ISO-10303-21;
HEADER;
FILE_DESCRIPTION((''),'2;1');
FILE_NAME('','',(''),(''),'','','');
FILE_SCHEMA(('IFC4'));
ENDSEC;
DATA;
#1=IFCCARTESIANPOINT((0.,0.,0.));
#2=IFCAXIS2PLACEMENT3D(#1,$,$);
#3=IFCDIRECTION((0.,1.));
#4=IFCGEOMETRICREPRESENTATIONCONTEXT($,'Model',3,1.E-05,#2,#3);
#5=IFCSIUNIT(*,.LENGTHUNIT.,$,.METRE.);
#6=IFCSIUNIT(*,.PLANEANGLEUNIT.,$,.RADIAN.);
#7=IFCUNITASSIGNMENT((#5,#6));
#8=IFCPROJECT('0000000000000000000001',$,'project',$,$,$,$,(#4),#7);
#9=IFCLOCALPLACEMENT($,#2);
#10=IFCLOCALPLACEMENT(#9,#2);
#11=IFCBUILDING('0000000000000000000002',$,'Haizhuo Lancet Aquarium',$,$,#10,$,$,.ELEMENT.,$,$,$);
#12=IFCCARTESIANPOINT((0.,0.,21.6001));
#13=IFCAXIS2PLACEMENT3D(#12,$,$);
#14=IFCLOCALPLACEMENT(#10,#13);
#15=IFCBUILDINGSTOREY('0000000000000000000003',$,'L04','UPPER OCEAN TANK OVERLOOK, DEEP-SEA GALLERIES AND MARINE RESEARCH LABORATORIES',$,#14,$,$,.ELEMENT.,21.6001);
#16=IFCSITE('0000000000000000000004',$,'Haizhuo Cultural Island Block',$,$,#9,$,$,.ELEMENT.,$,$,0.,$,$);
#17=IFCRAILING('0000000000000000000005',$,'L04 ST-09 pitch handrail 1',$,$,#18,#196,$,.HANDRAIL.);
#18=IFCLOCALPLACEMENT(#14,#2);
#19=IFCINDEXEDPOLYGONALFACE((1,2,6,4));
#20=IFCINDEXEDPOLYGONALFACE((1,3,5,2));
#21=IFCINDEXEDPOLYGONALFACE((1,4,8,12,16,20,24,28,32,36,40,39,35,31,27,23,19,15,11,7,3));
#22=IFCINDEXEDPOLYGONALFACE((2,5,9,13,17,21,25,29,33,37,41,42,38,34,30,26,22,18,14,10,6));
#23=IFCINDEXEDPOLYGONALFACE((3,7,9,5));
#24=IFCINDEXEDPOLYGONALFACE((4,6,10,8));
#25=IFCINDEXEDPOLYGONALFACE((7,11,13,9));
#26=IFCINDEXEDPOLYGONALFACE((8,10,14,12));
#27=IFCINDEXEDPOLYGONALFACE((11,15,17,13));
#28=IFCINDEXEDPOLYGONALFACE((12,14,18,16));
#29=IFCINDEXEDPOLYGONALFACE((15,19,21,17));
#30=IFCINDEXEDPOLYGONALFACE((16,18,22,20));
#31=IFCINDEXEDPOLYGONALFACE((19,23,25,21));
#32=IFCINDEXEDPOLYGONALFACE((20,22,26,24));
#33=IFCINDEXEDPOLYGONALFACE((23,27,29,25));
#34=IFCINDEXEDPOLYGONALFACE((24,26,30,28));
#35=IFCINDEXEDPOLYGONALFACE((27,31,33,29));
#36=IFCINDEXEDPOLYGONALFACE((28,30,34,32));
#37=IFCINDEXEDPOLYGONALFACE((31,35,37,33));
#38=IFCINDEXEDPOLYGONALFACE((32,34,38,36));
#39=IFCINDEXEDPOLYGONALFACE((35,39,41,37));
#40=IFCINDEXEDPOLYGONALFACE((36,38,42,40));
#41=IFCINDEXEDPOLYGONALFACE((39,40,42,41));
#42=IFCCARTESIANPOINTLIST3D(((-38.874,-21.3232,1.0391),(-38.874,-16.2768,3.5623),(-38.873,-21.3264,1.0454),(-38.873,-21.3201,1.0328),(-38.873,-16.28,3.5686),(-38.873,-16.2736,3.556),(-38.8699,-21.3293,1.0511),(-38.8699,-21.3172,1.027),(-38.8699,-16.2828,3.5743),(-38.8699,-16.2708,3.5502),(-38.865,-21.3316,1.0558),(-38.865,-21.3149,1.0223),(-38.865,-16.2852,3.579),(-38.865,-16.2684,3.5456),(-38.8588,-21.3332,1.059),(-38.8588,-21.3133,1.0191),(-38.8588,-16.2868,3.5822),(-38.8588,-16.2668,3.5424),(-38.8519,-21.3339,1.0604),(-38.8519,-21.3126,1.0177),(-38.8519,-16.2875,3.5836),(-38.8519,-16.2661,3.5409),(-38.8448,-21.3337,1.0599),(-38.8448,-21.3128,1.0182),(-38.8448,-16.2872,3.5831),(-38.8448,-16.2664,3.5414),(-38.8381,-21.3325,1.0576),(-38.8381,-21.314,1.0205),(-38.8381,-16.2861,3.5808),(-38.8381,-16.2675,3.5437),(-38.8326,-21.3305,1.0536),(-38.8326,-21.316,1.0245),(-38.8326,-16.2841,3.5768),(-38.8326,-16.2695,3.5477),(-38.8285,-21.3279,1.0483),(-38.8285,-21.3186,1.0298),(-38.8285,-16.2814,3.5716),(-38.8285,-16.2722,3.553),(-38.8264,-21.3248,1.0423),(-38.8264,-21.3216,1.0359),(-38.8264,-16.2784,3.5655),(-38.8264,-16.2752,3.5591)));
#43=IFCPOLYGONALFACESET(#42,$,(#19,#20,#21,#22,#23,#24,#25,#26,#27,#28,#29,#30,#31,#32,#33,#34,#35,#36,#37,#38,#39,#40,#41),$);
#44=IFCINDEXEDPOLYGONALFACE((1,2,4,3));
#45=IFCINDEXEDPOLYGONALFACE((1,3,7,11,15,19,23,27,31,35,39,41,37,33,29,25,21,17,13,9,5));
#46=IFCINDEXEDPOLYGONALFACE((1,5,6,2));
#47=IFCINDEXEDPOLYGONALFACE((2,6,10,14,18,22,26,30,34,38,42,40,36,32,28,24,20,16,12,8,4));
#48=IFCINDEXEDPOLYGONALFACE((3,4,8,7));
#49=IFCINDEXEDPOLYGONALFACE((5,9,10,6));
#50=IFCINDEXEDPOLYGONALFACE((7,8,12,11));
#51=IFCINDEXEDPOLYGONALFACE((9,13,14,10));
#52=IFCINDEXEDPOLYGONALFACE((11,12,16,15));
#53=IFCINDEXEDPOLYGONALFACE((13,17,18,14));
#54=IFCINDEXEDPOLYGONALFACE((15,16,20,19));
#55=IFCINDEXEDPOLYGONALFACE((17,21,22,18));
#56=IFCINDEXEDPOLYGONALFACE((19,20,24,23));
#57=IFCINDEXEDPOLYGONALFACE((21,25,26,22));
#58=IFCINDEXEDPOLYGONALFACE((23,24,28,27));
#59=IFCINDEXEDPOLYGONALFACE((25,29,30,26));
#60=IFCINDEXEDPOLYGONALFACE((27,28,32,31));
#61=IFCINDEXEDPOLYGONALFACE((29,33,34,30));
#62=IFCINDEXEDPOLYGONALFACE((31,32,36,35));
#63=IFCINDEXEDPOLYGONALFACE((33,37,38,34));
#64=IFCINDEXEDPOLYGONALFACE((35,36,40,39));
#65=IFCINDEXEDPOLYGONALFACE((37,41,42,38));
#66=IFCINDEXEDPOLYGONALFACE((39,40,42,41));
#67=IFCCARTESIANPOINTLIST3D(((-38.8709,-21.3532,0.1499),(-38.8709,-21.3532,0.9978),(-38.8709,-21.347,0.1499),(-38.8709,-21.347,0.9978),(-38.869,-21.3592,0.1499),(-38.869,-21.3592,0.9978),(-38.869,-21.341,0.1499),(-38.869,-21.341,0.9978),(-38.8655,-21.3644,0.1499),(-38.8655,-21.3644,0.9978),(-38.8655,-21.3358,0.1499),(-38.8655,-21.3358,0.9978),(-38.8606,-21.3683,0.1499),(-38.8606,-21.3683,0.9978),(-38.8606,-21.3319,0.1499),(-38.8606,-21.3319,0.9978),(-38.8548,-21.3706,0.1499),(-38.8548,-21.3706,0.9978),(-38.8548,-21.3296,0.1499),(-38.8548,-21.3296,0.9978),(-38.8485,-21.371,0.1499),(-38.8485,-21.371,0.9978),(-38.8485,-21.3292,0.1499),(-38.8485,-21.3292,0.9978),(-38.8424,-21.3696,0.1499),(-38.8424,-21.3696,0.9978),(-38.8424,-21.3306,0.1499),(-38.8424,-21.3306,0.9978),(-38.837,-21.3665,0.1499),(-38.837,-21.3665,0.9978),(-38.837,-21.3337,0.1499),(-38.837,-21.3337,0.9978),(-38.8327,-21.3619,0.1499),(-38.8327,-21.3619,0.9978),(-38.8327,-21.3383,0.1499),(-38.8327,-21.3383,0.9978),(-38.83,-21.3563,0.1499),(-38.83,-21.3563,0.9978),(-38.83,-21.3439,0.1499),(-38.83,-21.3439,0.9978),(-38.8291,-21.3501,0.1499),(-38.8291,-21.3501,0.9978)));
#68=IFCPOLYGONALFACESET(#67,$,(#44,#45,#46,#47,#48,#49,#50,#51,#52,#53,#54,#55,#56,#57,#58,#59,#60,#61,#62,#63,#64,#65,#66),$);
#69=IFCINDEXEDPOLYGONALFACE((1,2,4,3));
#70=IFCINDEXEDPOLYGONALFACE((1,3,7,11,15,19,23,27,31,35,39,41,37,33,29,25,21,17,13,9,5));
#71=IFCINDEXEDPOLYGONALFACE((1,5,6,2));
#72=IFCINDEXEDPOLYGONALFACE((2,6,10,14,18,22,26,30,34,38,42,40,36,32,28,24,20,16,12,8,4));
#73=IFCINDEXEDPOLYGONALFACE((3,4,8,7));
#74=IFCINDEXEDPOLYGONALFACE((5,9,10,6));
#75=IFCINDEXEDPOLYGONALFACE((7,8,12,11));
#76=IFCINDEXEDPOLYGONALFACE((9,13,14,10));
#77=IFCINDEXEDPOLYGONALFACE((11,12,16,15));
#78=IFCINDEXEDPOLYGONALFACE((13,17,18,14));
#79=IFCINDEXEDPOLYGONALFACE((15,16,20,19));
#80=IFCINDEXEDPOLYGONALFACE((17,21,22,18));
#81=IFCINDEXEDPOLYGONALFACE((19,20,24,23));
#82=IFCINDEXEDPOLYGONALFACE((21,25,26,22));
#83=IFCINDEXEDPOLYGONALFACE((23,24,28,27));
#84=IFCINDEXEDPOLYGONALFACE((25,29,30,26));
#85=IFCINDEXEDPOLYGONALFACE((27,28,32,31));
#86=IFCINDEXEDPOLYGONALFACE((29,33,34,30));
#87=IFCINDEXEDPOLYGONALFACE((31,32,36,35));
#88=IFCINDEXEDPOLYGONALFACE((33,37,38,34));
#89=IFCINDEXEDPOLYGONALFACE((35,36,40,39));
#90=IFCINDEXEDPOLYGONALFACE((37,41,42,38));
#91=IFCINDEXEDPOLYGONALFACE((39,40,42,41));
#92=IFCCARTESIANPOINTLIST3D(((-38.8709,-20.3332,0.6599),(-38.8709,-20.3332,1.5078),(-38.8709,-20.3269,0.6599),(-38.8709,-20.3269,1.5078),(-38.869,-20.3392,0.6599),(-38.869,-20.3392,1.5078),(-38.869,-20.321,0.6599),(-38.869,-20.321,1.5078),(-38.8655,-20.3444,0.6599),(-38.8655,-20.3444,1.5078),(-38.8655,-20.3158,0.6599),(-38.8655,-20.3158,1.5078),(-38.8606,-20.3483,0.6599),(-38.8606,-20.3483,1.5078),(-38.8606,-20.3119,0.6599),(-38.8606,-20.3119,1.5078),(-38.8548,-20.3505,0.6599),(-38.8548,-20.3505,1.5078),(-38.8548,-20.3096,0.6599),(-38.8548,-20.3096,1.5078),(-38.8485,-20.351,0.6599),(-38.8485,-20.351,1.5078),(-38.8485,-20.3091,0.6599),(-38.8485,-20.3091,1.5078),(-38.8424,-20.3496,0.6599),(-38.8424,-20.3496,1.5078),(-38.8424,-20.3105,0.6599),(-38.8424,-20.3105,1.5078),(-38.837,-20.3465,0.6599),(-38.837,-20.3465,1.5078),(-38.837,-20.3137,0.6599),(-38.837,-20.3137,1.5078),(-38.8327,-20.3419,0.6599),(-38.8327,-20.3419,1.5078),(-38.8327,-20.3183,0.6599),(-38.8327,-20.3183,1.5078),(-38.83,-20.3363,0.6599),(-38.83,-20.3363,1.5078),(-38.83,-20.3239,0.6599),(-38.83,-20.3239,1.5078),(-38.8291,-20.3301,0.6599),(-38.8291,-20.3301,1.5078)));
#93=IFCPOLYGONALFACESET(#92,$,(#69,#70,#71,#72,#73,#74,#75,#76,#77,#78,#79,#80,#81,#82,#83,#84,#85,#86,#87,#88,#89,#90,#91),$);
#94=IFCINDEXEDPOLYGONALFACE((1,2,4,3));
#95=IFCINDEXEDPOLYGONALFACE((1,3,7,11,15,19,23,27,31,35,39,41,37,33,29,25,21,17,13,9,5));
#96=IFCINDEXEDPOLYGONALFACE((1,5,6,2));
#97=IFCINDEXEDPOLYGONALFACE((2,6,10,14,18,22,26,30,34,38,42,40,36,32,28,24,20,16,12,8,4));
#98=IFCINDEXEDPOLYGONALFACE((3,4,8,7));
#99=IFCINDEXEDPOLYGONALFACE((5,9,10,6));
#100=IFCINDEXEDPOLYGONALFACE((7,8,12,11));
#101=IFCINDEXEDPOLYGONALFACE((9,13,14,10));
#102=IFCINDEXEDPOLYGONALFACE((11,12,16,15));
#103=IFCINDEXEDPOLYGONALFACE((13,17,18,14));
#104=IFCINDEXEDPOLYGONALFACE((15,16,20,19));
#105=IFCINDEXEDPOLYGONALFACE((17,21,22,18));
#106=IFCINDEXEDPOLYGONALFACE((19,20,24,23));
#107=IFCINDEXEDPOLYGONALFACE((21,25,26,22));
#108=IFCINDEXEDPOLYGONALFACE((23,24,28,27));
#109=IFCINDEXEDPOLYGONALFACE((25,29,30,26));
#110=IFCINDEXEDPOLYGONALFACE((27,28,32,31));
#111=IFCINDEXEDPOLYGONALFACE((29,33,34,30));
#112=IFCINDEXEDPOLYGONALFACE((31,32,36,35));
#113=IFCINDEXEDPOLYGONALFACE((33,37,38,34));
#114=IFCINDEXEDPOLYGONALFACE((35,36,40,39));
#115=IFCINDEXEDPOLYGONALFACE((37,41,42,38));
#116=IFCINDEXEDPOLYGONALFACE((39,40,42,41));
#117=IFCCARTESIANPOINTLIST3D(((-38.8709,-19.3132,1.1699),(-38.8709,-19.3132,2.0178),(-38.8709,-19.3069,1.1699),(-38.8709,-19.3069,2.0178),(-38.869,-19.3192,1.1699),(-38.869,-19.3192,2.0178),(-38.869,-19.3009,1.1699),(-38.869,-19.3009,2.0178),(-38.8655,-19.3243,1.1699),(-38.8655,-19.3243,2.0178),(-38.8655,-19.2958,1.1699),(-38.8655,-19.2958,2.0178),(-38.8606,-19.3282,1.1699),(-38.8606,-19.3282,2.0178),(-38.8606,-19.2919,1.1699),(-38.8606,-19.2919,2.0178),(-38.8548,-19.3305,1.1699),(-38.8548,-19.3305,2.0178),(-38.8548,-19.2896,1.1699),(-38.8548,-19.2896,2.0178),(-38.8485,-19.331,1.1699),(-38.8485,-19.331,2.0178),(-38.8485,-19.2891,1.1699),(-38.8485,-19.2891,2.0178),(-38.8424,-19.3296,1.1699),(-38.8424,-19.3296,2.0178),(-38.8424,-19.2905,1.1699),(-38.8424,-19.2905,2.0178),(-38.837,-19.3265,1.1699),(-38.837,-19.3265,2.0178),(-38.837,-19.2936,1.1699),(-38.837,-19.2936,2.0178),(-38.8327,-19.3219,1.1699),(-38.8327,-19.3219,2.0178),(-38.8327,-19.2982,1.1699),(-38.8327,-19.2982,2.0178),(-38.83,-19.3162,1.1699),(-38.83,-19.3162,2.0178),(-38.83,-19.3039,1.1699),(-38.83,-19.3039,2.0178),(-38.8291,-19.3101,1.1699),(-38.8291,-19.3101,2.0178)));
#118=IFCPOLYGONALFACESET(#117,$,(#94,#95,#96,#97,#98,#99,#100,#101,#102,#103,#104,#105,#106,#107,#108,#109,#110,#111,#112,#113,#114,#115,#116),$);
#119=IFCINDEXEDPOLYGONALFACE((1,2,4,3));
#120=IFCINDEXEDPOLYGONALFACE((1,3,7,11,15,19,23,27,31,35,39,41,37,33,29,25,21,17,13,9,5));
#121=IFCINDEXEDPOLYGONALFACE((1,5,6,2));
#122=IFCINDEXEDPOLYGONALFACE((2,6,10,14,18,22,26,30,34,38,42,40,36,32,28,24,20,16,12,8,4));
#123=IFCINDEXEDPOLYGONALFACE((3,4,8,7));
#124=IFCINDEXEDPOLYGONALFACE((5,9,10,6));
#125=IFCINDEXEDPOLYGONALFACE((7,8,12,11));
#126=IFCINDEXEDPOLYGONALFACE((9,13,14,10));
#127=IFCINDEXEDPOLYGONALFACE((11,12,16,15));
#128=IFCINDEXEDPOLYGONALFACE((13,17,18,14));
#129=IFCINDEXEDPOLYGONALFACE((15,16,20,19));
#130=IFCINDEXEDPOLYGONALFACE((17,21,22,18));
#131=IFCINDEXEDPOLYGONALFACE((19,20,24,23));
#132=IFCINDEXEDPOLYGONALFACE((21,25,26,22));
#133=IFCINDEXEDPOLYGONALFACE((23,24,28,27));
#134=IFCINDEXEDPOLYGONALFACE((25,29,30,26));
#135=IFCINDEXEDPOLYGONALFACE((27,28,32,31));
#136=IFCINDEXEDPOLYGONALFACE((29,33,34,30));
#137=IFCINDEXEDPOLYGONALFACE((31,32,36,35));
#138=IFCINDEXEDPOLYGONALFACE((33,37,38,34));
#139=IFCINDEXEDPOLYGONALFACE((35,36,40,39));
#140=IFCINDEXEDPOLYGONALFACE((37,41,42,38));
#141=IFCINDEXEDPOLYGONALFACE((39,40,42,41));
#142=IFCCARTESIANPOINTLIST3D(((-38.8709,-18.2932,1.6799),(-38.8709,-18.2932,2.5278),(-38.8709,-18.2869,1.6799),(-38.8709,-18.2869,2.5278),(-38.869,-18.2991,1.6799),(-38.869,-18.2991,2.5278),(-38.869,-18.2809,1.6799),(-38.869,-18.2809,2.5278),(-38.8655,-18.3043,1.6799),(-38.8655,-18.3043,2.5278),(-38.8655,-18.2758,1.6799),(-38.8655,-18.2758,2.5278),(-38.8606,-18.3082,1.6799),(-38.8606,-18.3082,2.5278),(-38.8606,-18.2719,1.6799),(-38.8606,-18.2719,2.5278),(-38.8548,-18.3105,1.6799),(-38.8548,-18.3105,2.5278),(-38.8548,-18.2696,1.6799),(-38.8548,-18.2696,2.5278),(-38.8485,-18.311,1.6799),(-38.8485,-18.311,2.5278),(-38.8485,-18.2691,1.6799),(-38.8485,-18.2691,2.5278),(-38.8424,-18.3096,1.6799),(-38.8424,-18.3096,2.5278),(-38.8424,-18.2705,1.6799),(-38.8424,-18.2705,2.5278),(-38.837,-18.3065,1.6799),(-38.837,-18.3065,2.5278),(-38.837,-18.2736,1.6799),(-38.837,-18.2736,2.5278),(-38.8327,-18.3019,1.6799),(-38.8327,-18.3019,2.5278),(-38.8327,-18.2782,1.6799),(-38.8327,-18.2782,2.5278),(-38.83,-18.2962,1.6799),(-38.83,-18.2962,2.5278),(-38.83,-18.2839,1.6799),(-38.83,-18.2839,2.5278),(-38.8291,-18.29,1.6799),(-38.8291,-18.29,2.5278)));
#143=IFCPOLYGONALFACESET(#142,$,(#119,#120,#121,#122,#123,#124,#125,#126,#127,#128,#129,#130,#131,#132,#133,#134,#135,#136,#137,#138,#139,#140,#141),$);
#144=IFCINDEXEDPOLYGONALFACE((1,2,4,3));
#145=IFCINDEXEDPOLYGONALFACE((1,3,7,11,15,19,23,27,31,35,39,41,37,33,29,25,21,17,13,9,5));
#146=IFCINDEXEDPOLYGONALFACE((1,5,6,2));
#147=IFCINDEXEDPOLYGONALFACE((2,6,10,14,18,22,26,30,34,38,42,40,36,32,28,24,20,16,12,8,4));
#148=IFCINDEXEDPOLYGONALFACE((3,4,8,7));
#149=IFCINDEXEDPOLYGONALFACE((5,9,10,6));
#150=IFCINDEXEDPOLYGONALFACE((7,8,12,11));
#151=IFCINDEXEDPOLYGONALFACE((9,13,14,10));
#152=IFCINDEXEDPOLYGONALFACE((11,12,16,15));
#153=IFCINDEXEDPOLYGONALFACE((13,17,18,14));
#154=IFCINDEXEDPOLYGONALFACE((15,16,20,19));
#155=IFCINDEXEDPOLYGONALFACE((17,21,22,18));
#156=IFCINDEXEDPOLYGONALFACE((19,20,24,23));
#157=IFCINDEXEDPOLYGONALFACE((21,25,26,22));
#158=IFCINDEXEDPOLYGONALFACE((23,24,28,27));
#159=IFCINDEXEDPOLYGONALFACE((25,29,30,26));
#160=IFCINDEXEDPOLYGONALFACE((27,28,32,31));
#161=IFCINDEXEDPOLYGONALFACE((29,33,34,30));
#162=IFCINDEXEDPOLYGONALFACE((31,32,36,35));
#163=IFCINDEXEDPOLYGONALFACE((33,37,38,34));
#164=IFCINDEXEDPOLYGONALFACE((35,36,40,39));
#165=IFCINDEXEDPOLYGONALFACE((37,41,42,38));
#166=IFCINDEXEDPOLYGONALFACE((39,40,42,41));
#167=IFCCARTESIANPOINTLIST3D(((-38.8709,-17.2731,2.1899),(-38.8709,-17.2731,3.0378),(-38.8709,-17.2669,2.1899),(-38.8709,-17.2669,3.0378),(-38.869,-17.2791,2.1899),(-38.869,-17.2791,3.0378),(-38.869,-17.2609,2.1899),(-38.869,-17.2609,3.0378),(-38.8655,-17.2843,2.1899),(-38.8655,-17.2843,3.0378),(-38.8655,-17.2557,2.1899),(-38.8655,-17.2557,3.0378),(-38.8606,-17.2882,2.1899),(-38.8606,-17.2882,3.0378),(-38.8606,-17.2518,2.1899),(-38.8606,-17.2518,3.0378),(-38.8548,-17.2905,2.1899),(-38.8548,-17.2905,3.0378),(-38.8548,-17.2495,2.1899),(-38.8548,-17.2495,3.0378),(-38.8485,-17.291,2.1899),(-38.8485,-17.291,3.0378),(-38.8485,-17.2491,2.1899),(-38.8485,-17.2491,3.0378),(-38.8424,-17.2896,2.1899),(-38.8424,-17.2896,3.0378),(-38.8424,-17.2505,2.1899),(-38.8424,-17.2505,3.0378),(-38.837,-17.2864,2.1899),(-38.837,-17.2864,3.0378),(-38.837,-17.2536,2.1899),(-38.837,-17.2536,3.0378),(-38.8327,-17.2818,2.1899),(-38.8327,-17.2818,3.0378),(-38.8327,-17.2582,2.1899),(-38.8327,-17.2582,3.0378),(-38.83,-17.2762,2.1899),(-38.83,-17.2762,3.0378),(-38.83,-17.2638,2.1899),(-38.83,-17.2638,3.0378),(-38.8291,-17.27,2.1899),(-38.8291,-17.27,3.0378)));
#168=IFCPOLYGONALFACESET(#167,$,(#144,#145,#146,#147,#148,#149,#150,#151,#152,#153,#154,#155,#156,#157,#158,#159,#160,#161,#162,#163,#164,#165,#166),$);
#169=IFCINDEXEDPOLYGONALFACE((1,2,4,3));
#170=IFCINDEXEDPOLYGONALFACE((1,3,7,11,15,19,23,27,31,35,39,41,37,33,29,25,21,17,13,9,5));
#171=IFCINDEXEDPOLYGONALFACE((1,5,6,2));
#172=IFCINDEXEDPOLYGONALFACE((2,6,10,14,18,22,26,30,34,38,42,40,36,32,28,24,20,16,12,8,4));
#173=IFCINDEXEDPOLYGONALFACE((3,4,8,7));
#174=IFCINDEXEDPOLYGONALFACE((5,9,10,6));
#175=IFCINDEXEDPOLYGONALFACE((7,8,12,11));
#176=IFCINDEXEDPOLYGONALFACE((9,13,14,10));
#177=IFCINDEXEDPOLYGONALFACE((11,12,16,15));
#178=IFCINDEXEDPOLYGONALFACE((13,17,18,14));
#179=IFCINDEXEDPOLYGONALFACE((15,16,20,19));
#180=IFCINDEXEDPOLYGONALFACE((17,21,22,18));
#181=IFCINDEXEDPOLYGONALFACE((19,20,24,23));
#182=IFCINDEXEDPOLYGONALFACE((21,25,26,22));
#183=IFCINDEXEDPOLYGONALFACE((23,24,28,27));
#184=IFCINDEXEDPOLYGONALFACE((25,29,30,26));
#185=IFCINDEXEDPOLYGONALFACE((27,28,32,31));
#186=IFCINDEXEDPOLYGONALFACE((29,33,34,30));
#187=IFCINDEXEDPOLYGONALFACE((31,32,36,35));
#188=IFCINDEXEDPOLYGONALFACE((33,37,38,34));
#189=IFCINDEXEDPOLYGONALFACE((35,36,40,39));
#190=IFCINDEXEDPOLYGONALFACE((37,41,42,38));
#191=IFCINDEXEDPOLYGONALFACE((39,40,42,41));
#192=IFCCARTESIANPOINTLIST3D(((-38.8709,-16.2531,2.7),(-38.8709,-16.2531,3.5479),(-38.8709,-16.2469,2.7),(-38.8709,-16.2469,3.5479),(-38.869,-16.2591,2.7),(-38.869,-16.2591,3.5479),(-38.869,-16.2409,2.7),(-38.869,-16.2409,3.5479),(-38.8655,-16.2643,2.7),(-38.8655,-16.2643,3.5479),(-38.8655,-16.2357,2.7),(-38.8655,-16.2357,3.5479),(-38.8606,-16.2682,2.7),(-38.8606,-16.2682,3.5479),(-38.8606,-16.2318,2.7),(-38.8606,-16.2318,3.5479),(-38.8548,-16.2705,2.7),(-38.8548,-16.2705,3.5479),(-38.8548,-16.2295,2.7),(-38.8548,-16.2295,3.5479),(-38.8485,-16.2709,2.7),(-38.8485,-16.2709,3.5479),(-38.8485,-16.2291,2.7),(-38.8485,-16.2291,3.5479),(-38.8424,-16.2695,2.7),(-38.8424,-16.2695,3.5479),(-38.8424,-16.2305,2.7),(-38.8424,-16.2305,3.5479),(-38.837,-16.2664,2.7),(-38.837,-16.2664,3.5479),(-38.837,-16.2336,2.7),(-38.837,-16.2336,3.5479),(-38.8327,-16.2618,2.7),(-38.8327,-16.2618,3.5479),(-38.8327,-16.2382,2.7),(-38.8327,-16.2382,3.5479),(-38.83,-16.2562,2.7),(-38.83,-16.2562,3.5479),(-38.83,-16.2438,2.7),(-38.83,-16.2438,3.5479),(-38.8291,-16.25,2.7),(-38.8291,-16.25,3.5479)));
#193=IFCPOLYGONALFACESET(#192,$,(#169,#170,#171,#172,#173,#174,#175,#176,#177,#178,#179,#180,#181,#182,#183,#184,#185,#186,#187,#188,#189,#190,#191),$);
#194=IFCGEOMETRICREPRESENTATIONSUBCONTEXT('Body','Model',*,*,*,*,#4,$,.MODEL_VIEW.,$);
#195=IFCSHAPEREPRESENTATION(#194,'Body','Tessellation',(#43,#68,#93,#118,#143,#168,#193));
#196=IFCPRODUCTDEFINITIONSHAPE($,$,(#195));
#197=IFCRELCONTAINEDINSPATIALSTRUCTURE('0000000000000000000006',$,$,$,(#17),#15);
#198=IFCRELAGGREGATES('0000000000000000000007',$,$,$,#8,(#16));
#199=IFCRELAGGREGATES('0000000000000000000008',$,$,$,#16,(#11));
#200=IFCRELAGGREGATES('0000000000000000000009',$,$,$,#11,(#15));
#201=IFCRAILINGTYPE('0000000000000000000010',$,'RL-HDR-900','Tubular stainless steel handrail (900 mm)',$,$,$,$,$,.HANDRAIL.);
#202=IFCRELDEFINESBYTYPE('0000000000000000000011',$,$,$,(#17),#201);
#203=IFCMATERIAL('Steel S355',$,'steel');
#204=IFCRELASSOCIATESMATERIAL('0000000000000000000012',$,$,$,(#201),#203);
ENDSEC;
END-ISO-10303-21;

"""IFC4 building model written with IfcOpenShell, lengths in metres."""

from ifc_helpers import new_model, si_unit, direction, frame, origin, origin_2d, place, context, subcontext, project, spatial, circle, extrude, material, type_object, element, save


model = new_model("IFC4")

# Units and contexts
model_context = context("Model", 3, precision=1e-05, world=origin(), true_north=direction((0.0, 1.0)))
body_context = subcontext(model_context, "Body", "Model", "MODEL_VIEW")
ifc_project = project(units=[si_unit("LENGTHUNIT", "METRE"), si_unit("PLANEANGLEUNIT", "RADIAN")], contexts=[model_context])

# Site, building, storey
site_placement = place(None, origin())
site = spatial("IfcSite", under=ifc_project, at=site_placement, Name="Haizhuo Cultural Island Block", CompositionType="ELEMENT", RefElevation=0.0)
building_placement = place(site_placement, origin())
building = spatial("IfcBuilding", under=site, at=building_placement, Name="Haizhuo Lancet Aquarium", CompositionType="ELEMENT")
storey_placement = place(building_placement, frame((0.0, 0.0, 21.6001)))
storey = spatial("IfcBuildingStorey", under=building, at=storey_placement, Name="L04", Description="UPPER OCEAN TANK OVERLOOK, DEEP-SEA GALLERIES AND MARINE RESEARCH LABORATORIES", CompositionType="ELEMENT", Elevation=21.6001)

# Shared definitions
ifc_material_1 = material(Name="Steel S355", Category="steel")

# Railing
railing_type_1 = type_object("IfcRailingType", Name="RL-HDR-900", Description="Tubular stainless steel handrail (900 mm)", PredefinedType="HANDRAIL", material=ifc_material_1)
railing_1_placement = place(storey_placement, frame((-38.8501, -21.3501, 0.1499)))
element("IfcRailing", 1, at=railing_1_placement, inside=storey, type_object=railing_type_1, Name="L04 ST-09 pitch handrail 1", PredefinedType="HANDRAIL", context=body_context, shape_type="SweptSolid", body=[
    extrude(circle(Radius=0.0239, at=origin_2d()), frame((0.0, 0.0269, 0.8892), z_axis=(0.0, 0.894427, 0.447214), x_axis=(-1.0, 0.0, 0.0)), (0.0, 0.0, 1.0), 5.6421),
    extrude(circle(Radius=0.021, at=origin_2d()), origin(), (0.0, 0.0, 1.0), 0.8479),
    extrude(circle(Radius=0.021, at=origin_2d()), frame((0.0, 1.02, 0.51)), (0.0, 0.0, 1.0), 0.8479),
    extrude(circle(Radius=0.021, at=origin_2d()), frame((0.0, 2.04, 1.02)), (0.0, 0.0, 1.0), 0.8479),
    extrude(circle(Radius=0.021, at=origin_2d()), frame((0.0, 3.0601, 1.53)), (0.0, 0.0, 1.0), 0.8479),
    extrude(circle(Radius=0.021, at=origin_2d()), frame((0.0, 4.0801, 2.04)), (0.0, 0.0, 1.0), 0.8479),
    extrude(circle(Radius=0.021, at=origin_2d()), frame((0.0, 5.1001, 2.55)), (0.0, 0.0, 1.0), 0.8479),
])

save(model, "model.ifc")
